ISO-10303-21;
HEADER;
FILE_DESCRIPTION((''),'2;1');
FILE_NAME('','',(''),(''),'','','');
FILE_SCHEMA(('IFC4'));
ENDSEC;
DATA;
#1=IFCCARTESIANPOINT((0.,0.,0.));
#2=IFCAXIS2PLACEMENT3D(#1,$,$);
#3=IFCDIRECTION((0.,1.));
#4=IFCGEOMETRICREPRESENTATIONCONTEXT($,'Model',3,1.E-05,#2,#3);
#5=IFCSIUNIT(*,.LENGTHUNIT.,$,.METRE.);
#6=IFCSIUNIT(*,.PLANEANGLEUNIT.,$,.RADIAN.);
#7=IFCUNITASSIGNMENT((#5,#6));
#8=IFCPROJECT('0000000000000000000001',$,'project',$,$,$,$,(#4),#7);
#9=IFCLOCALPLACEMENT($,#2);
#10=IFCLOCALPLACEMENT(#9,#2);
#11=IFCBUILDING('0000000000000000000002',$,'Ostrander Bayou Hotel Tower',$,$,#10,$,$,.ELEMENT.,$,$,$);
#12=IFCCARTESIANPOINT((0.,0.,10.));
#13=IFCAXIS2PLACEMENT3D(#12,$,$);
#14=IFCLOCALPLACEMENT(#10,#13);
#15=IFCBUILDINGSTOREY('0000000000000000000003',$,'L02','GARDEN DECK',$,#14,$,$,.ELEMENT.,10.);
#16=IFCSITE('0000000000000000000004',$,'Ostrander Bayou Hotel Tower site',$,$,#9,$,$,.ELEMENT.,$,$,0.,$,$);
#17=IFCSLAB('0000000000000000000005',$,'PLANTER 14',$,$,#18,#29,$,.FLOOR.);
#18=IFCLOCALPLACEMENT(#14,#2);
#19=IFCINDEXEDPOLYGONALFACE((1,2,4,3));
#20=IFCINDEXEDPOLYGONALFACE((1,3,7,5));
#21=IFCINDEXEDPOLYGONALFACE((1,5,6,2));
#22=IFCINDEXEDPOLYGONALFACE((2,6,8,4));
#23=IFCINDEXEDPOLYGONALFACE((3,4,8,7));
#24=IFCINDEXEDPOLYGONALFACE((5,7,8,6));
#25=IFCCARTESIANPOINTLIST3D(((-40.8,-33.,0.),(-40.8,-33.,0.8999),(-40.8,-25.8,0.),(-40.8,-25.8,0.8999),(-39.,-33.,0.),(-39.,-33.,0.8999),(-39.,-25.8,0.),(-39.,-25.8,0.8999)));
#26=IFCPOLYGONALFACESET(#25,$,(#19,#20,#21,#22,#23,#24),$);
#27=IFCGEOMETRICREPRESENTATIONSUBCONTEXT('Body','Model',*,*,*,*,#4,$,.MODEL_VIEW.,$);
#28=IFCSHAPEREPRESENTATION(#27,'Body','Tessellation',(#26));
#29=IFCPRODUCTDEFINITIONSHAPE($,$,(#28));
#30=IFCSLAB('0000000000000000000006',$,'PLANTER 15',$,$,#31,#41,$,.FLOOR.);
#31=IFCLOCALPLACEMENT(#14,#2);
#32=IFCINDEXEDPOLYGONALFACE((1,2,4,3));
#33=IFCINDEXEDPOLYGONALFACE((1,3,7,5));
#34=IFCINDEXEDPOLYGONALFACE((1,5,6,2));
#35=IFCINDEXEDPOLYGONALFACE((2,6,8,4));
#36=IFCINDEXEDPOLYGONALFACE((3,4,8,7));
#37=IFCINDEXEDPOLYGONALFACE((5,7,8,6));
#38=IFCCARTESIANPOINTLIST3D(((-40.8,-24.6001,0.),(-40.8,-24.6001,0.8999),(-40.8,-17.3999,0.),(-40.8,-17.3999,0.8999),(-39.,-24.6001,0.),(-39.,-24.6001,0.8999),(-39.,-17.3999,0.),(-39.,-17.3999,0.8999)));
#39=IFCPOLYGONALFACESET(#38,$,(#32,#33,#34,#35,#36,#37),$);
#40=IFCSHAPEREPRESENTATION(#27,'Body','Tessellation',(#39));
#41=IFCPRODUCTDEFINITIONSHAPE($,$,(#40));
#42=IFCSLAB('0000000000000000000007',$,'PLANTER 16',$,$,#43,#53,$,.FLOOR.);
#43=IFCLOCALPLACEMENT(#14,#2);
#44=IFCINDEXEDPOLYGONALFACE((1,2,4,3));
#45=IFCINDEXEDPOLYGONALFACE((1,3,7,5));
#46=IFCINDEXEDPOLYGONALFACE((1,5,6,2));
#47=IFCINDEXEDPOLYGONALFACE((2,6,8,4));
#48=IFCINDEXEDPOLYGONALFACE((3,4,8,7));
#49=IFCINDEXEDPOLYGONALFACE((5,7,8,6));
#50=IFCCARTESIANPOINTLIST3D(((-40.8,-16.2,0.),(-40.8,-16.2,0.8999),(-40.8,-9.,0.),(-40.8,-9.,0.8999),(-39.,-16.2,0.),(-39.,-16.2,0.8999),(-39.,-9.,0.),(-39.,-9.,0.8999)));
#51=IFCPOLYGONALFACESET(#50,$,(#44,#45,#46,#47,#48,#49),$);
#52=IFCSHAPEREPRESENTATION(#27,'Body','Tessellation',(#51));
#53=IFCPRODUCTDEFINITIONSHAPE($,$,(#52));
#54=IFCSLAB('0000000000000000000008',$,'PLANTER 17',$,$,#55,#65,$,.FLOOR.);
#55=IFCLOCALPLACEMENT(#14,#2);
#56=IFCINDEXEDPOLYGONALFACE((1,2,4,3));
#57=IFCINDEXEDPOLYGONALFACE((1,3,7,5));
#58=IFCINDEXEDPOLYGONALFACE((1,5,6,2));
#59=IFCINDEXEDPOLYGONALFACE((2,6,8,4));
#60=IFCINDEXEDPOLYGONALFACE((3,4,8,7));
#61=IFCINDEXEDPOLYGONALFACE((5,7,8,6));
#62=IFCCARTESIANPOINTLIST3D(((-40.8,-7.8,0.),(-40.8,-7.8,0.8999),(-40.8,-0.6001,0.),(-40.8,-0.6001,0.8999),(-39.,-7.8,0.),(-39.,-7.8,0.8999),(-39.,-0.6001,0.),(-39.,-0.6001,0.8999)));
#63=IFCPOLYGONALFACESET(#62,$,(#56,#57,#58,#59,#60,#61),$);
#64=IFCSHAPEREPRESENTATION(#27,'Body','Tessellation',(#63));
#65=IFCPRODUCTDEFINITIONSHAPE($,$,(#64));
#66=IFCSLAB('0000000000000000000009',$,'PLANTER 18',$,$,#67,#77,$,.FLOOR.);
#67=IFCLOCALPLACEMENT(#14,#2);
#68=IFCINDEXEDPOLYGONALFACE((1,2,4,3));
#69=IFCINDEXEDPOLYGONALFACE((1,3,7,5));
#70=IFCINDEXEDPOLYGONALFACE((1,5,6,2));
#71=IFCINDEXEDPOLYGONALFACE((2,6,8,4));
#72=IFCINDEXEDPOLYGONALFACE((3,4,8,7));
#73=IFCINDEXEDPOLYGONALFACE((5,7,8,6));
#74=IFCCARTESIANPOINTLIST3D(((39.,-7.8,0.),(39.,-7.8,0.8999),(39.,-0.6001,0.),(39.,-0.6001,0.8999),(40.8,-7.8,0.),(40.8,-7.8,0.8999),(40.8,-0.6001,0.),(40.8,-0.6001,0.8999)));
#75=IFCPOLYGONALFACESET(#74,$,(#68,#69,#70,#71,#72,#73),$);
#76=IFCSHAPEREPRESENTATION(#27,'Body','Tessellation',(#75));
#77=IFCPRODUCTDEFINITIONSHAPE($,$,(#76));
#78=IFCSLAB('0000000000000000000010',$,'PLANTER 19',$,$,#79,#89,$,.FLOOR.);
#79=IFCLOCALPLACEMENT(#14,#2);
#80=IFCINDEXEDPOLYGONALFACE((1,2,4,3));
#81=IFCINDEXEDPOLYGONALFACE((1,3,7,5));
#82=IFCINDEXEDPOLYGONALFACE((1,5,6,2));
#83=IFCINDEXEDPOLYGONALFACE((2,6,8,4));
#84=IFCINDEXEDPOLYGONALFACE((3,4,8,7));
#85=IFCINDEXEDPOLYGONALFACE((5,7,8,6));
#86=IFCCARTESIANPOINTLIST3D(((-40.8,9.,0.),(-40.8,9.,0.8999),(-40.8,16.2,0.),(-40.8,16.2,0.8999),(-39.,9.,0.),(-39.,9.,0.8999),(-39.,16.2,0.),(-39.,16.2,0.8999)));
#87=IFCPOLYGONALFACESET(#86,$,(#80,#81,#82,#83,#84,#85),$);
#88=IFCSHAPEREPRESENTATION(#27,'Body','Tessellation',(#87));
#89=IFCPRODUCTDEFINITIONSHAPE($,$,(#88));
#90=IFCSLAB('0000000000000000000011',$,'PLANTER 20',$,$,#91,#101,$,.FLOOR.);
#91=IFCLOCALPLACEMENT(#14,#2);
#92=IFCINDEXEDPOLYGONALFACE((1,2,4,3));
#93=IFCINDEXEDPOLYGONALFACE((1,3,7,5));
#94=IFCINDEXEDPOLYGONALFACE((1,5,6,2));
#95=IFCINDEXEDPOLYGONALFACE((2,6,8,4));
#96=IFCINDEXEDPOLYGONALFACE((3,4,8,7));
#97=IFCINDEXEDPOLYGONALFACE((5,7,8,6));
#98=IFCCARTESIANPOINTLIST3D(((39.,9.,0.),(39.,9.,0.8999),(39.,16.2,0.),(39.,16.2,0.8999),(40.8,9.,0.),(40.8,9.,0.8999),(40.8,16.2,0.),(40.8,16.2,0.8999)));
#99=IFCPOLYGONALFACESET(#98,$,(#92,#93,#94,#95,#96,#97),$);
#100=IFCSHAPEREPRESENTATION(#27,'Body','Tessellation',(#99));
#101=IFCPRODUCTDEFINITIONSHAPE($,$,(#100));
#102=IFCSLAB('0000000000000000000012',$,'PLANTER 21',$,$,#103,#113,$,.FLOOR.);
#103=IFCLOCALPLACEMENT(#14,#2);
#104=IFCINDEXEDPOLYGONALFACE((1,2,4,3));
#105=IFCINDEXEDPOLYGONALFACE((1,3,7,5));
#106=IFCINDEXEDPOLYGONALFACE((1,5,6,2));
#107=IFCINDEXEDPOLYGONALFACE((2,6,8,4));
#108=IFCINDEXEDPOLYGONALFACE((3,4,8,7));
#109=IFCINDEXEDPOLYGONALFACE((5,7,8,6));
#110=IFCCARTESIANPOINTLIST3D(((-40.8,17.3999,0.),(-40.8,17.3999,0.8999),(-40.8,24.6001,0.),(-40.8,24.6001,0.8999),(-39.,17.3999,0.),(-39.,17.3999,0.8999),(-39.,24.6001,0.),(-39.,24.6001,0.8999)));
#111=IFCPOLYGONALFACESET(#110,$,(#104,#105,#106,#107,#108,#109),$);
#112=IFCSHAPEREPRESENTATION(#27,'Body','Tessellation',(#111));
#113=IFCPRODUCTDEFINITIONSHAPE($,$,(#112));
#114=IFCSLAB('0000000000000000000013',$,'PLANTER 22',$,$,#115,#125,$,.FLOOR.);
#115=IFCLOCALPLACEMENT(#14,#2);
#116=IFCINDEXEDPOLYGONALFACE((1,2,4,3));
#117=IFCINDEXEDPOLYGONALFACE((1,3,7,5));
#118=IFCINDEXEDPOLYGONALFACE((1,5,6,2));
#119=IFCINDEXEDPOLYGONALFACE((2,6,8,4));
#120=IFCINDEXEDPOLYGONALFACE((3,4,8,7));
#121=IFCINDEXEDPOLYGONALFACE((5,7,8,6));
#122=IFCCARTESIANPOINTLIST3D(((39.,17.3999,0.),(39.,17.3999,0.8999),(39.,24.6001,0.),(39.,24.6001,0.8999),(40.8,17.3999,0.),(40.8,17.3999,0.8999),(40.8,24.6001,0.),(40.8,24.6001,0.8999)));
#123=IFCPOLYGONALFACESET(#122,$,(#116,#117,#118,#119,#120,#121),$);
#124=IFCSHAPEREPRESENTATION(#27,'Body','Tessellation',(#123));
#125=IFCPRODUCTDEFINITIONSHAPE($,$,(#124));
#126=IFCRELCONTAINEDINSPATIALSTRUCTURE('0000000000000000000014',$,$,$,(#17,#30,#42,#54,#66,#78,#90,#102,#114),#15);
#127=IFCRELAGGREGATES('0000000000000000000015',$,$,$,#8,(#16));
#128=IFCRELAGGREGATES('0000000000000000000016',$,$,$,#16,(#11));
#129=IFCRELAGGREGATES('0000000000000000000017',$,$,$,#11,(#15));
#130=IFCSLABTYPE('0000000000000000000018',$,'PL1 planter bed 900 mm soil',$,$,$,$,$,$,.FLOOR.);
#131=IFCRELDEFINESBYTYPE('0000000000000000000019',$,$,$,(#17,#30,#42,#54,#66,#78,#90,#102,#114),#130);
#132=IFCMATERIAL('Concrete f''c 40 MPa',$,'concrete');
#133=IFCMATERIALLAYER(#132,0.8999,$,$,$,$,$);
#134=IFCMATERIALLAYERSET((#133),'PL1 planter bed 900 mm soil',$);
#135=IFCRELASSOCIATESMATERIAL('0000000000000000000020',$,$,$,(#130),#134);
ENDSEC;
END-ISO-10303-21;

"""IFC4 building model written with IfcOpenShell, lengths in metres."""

from ifc_helpers import new_model, si_unit, direction, frame, origin, place, context, subcontext, project, spatial, polyline, outline, extrude, material, layer, layer_set, type_object, element, save


model = new_model("IFC4")

# Units and contexts
model_context = context("Model", 3, precision=1e-05, world=origin(), true_north=direction((0.0, 1.0)))
body_context = subcontext(model_context, "Body", "Model", "MODEL_VIEW")
ifc_project = project(units=[si_unit("LENGTHUNIT", "METRE"), si_unit("PLANEANGLEUNIT", "RADIAN")], contexts=[model_context])

# Site, building, storey
site_placement = place(None, origin())
site = spatial("IfcSite", under=ifc_project, at=site_placement, Name="Ostrander Bayou Hotel Tower site", CompositionType="ELEMENT", RefElevation=0.0)
building_placement = place(site_placement, origin())
building = spatial("IfcBuilding", under=site, at=building_placement, Name="Ostrander Bayou Hotel Tower", CompositionType="ELEMENT")
storey_placement = place(building_placement, frame((0.0, 0.0, 10.0)))
storey = spatial("IfcBuildingStorey", under=building, at=storey_placement, Name="L02", Description="GARDEN DECK", CompositionType="ELEMENT", Elevation=10.0)

# Slabs
ifc_material_1 = material(Name="Concrete f'c 40 MPa", Category="concrete")
ifc_layer = layer(ifc_material_1, 0.8999)
ifc_layer_set = layer_set([ifc_layer], Name="PL1 planter bed 900 mm soil")
slab_type = type_object("IfcSlabType", Name="PL1 planter bed 900 mm soil", PredefinedType="FLOOR", material=ifc_layer_set)
slab_1_placement = place(storey_placement, origin())
element("IfcSlab", 1, at=slab_1_placement, inside=storey, type_object=slab_type, Name="PLANTER 14", PredefinedType="FLOOR", context=body_context, shape_type="SweptSolid", body=[
    extrude(outline(polyline([(-39.0, -33.0), (-39.0, -25.8), (-40.8, -25.8), (-40.8, -33.0), (-39.0, -33.0)])), origin(), (0.0, 0.0, 1.0), 0.8999),
])
slab_2_placement = place(storey_placement, origin())
element("IfcSlab", 2, at=slab_2_placement, inside=storey, type_object=slab_type, Name="PLANTER 15", PredefinedType="FLOOR", context=body_context, shape_type="SweptSolid", body=[
    extrude(outline(polyline([(-39.0, -24.6001), (-39.0, -17.3999), (-40.8, -17.3999), (-40.8, -24.6001), (-39.0, -24.6001)])), origin(), (0.0, 0.0, 1.0), 0.8999),
])
slab_3_placement = place(storey_placement, origin())
element("IfcSlab", 3, at=slab_3_placement, inside=storey, type_object=slab_type, Name="PLANTER 16", PredefinedType="FLOOR", context=body_context, shape_type="SweptSolid", body=[
    extrude(outline(polyline([(-39.0, -16.2), (-39.0, -9.0), (-40.8, -9.0), (-40.8, -16.2), (-39.0, -16.2)])), origin(), (0.0, 0.0, 1.0), 0.8999),
])
slab_4_placement = place(storey_placement, origin())
element("IfcSlab", 4, at=slab_4_placement, inside=storey, type_object=slab_type, Name="PLANTER 17", PredefinedType="FLOOR", context=body_context, shape_type="SweptSolid", body=[
    extrude(outline(polyline([(-39.0, -7.8), (-39.0, -0.6001), (-40.8, -0.6001), (-40.8, -7.8), (-39.0, -7.8)])), origin(), (0.0, 0.0, 1.0), 0.8999),
])
slab_5_placement = place(storey_placement, origin())
element("IfcSlab", 5, at=slab_5_placement, inside=storey, type_object=slab_type, Name="PLANTER 18", PredefinedType="FLOOR", context=body_context, shape_type="SweptSolid", body=[
    extrude(outline(polyline([(40.8, -7.8), (40.8, -0.6001), (39.0, -0.6001), (39.0, -7.8), (40.8, -7.8)])), origin(), (0.0, 0.0, 1.0), 0.8999),
])
slab_6_placement = place(storey_placement, origin())
element("IfcSlab", 6, at=slab_6_placement, inside=storey, type_object=slab_type, Name="PLANTER 19", PredefinedType="FLOOR", context=body_context, shape_type="SweptSolid", body=[
    extrude(outline(polyline([(-39.0, 9.0), (-39.0, 16.2), (-40.8, 16.2), (-40.8, 9.0), (-39.0, 9.0)])), origin(), (0.0, 0.0, 1.0), 0.8999),
])
slab_7_placement = place(storey_placement, origin())
element("IfcSlab", 7, at=slab_7_placement, inside=storey, type_object=slab_type, Name="PLANTER 20", PredefinedType="FLOOR", context=body_context, shape_type="SweptSolid", body=[
    extrude(outline(polyline([(40.8, 9.0), (40.8, 16.2), (39.0, 16.2), (39.0, 9.0), (40.8, 9.0)])), origin(), (0.0, 0.0, 1.0), 0.8999),
])
slab_8_placement = place(storey_placement, origin())
element("IfcSlab", 8, at=slab_8_placement, inside=storey, type_object=slab_type, Name="PLANTER 21", PredefinedType="FLOOR", context=body_context, shape_type="SweptSolid", body=[
    extrude(outline(polyline([(-39.0, 17.3999), (-39.0, 24.6001), (-40.8, 24.6001), (-40.8, 17.3999), (-39.0, 17.3999)])), origin(), (0.0, 0.0, 1.0), 0.8999),
])
slab_9_placement = place(storey_placement, origin())
element("IfcSlab", 9, at=slab_9_placement, inside=storey, type_object=slab_type, Name="PLANTER 22", PredefinedType="FLOOR", context=body_context, shape_type="SweptSolid", body=[
    extrude(outline(polyline([(40.8, 17.3999), (40.8, 24.6001), (39.0, 24.6001), (39.0, 17.3999), (40.8, 17.3999)])), origin(), (0.0, 0.0, 1.0), 0.8999),
])

save(model, "model.ifc")
